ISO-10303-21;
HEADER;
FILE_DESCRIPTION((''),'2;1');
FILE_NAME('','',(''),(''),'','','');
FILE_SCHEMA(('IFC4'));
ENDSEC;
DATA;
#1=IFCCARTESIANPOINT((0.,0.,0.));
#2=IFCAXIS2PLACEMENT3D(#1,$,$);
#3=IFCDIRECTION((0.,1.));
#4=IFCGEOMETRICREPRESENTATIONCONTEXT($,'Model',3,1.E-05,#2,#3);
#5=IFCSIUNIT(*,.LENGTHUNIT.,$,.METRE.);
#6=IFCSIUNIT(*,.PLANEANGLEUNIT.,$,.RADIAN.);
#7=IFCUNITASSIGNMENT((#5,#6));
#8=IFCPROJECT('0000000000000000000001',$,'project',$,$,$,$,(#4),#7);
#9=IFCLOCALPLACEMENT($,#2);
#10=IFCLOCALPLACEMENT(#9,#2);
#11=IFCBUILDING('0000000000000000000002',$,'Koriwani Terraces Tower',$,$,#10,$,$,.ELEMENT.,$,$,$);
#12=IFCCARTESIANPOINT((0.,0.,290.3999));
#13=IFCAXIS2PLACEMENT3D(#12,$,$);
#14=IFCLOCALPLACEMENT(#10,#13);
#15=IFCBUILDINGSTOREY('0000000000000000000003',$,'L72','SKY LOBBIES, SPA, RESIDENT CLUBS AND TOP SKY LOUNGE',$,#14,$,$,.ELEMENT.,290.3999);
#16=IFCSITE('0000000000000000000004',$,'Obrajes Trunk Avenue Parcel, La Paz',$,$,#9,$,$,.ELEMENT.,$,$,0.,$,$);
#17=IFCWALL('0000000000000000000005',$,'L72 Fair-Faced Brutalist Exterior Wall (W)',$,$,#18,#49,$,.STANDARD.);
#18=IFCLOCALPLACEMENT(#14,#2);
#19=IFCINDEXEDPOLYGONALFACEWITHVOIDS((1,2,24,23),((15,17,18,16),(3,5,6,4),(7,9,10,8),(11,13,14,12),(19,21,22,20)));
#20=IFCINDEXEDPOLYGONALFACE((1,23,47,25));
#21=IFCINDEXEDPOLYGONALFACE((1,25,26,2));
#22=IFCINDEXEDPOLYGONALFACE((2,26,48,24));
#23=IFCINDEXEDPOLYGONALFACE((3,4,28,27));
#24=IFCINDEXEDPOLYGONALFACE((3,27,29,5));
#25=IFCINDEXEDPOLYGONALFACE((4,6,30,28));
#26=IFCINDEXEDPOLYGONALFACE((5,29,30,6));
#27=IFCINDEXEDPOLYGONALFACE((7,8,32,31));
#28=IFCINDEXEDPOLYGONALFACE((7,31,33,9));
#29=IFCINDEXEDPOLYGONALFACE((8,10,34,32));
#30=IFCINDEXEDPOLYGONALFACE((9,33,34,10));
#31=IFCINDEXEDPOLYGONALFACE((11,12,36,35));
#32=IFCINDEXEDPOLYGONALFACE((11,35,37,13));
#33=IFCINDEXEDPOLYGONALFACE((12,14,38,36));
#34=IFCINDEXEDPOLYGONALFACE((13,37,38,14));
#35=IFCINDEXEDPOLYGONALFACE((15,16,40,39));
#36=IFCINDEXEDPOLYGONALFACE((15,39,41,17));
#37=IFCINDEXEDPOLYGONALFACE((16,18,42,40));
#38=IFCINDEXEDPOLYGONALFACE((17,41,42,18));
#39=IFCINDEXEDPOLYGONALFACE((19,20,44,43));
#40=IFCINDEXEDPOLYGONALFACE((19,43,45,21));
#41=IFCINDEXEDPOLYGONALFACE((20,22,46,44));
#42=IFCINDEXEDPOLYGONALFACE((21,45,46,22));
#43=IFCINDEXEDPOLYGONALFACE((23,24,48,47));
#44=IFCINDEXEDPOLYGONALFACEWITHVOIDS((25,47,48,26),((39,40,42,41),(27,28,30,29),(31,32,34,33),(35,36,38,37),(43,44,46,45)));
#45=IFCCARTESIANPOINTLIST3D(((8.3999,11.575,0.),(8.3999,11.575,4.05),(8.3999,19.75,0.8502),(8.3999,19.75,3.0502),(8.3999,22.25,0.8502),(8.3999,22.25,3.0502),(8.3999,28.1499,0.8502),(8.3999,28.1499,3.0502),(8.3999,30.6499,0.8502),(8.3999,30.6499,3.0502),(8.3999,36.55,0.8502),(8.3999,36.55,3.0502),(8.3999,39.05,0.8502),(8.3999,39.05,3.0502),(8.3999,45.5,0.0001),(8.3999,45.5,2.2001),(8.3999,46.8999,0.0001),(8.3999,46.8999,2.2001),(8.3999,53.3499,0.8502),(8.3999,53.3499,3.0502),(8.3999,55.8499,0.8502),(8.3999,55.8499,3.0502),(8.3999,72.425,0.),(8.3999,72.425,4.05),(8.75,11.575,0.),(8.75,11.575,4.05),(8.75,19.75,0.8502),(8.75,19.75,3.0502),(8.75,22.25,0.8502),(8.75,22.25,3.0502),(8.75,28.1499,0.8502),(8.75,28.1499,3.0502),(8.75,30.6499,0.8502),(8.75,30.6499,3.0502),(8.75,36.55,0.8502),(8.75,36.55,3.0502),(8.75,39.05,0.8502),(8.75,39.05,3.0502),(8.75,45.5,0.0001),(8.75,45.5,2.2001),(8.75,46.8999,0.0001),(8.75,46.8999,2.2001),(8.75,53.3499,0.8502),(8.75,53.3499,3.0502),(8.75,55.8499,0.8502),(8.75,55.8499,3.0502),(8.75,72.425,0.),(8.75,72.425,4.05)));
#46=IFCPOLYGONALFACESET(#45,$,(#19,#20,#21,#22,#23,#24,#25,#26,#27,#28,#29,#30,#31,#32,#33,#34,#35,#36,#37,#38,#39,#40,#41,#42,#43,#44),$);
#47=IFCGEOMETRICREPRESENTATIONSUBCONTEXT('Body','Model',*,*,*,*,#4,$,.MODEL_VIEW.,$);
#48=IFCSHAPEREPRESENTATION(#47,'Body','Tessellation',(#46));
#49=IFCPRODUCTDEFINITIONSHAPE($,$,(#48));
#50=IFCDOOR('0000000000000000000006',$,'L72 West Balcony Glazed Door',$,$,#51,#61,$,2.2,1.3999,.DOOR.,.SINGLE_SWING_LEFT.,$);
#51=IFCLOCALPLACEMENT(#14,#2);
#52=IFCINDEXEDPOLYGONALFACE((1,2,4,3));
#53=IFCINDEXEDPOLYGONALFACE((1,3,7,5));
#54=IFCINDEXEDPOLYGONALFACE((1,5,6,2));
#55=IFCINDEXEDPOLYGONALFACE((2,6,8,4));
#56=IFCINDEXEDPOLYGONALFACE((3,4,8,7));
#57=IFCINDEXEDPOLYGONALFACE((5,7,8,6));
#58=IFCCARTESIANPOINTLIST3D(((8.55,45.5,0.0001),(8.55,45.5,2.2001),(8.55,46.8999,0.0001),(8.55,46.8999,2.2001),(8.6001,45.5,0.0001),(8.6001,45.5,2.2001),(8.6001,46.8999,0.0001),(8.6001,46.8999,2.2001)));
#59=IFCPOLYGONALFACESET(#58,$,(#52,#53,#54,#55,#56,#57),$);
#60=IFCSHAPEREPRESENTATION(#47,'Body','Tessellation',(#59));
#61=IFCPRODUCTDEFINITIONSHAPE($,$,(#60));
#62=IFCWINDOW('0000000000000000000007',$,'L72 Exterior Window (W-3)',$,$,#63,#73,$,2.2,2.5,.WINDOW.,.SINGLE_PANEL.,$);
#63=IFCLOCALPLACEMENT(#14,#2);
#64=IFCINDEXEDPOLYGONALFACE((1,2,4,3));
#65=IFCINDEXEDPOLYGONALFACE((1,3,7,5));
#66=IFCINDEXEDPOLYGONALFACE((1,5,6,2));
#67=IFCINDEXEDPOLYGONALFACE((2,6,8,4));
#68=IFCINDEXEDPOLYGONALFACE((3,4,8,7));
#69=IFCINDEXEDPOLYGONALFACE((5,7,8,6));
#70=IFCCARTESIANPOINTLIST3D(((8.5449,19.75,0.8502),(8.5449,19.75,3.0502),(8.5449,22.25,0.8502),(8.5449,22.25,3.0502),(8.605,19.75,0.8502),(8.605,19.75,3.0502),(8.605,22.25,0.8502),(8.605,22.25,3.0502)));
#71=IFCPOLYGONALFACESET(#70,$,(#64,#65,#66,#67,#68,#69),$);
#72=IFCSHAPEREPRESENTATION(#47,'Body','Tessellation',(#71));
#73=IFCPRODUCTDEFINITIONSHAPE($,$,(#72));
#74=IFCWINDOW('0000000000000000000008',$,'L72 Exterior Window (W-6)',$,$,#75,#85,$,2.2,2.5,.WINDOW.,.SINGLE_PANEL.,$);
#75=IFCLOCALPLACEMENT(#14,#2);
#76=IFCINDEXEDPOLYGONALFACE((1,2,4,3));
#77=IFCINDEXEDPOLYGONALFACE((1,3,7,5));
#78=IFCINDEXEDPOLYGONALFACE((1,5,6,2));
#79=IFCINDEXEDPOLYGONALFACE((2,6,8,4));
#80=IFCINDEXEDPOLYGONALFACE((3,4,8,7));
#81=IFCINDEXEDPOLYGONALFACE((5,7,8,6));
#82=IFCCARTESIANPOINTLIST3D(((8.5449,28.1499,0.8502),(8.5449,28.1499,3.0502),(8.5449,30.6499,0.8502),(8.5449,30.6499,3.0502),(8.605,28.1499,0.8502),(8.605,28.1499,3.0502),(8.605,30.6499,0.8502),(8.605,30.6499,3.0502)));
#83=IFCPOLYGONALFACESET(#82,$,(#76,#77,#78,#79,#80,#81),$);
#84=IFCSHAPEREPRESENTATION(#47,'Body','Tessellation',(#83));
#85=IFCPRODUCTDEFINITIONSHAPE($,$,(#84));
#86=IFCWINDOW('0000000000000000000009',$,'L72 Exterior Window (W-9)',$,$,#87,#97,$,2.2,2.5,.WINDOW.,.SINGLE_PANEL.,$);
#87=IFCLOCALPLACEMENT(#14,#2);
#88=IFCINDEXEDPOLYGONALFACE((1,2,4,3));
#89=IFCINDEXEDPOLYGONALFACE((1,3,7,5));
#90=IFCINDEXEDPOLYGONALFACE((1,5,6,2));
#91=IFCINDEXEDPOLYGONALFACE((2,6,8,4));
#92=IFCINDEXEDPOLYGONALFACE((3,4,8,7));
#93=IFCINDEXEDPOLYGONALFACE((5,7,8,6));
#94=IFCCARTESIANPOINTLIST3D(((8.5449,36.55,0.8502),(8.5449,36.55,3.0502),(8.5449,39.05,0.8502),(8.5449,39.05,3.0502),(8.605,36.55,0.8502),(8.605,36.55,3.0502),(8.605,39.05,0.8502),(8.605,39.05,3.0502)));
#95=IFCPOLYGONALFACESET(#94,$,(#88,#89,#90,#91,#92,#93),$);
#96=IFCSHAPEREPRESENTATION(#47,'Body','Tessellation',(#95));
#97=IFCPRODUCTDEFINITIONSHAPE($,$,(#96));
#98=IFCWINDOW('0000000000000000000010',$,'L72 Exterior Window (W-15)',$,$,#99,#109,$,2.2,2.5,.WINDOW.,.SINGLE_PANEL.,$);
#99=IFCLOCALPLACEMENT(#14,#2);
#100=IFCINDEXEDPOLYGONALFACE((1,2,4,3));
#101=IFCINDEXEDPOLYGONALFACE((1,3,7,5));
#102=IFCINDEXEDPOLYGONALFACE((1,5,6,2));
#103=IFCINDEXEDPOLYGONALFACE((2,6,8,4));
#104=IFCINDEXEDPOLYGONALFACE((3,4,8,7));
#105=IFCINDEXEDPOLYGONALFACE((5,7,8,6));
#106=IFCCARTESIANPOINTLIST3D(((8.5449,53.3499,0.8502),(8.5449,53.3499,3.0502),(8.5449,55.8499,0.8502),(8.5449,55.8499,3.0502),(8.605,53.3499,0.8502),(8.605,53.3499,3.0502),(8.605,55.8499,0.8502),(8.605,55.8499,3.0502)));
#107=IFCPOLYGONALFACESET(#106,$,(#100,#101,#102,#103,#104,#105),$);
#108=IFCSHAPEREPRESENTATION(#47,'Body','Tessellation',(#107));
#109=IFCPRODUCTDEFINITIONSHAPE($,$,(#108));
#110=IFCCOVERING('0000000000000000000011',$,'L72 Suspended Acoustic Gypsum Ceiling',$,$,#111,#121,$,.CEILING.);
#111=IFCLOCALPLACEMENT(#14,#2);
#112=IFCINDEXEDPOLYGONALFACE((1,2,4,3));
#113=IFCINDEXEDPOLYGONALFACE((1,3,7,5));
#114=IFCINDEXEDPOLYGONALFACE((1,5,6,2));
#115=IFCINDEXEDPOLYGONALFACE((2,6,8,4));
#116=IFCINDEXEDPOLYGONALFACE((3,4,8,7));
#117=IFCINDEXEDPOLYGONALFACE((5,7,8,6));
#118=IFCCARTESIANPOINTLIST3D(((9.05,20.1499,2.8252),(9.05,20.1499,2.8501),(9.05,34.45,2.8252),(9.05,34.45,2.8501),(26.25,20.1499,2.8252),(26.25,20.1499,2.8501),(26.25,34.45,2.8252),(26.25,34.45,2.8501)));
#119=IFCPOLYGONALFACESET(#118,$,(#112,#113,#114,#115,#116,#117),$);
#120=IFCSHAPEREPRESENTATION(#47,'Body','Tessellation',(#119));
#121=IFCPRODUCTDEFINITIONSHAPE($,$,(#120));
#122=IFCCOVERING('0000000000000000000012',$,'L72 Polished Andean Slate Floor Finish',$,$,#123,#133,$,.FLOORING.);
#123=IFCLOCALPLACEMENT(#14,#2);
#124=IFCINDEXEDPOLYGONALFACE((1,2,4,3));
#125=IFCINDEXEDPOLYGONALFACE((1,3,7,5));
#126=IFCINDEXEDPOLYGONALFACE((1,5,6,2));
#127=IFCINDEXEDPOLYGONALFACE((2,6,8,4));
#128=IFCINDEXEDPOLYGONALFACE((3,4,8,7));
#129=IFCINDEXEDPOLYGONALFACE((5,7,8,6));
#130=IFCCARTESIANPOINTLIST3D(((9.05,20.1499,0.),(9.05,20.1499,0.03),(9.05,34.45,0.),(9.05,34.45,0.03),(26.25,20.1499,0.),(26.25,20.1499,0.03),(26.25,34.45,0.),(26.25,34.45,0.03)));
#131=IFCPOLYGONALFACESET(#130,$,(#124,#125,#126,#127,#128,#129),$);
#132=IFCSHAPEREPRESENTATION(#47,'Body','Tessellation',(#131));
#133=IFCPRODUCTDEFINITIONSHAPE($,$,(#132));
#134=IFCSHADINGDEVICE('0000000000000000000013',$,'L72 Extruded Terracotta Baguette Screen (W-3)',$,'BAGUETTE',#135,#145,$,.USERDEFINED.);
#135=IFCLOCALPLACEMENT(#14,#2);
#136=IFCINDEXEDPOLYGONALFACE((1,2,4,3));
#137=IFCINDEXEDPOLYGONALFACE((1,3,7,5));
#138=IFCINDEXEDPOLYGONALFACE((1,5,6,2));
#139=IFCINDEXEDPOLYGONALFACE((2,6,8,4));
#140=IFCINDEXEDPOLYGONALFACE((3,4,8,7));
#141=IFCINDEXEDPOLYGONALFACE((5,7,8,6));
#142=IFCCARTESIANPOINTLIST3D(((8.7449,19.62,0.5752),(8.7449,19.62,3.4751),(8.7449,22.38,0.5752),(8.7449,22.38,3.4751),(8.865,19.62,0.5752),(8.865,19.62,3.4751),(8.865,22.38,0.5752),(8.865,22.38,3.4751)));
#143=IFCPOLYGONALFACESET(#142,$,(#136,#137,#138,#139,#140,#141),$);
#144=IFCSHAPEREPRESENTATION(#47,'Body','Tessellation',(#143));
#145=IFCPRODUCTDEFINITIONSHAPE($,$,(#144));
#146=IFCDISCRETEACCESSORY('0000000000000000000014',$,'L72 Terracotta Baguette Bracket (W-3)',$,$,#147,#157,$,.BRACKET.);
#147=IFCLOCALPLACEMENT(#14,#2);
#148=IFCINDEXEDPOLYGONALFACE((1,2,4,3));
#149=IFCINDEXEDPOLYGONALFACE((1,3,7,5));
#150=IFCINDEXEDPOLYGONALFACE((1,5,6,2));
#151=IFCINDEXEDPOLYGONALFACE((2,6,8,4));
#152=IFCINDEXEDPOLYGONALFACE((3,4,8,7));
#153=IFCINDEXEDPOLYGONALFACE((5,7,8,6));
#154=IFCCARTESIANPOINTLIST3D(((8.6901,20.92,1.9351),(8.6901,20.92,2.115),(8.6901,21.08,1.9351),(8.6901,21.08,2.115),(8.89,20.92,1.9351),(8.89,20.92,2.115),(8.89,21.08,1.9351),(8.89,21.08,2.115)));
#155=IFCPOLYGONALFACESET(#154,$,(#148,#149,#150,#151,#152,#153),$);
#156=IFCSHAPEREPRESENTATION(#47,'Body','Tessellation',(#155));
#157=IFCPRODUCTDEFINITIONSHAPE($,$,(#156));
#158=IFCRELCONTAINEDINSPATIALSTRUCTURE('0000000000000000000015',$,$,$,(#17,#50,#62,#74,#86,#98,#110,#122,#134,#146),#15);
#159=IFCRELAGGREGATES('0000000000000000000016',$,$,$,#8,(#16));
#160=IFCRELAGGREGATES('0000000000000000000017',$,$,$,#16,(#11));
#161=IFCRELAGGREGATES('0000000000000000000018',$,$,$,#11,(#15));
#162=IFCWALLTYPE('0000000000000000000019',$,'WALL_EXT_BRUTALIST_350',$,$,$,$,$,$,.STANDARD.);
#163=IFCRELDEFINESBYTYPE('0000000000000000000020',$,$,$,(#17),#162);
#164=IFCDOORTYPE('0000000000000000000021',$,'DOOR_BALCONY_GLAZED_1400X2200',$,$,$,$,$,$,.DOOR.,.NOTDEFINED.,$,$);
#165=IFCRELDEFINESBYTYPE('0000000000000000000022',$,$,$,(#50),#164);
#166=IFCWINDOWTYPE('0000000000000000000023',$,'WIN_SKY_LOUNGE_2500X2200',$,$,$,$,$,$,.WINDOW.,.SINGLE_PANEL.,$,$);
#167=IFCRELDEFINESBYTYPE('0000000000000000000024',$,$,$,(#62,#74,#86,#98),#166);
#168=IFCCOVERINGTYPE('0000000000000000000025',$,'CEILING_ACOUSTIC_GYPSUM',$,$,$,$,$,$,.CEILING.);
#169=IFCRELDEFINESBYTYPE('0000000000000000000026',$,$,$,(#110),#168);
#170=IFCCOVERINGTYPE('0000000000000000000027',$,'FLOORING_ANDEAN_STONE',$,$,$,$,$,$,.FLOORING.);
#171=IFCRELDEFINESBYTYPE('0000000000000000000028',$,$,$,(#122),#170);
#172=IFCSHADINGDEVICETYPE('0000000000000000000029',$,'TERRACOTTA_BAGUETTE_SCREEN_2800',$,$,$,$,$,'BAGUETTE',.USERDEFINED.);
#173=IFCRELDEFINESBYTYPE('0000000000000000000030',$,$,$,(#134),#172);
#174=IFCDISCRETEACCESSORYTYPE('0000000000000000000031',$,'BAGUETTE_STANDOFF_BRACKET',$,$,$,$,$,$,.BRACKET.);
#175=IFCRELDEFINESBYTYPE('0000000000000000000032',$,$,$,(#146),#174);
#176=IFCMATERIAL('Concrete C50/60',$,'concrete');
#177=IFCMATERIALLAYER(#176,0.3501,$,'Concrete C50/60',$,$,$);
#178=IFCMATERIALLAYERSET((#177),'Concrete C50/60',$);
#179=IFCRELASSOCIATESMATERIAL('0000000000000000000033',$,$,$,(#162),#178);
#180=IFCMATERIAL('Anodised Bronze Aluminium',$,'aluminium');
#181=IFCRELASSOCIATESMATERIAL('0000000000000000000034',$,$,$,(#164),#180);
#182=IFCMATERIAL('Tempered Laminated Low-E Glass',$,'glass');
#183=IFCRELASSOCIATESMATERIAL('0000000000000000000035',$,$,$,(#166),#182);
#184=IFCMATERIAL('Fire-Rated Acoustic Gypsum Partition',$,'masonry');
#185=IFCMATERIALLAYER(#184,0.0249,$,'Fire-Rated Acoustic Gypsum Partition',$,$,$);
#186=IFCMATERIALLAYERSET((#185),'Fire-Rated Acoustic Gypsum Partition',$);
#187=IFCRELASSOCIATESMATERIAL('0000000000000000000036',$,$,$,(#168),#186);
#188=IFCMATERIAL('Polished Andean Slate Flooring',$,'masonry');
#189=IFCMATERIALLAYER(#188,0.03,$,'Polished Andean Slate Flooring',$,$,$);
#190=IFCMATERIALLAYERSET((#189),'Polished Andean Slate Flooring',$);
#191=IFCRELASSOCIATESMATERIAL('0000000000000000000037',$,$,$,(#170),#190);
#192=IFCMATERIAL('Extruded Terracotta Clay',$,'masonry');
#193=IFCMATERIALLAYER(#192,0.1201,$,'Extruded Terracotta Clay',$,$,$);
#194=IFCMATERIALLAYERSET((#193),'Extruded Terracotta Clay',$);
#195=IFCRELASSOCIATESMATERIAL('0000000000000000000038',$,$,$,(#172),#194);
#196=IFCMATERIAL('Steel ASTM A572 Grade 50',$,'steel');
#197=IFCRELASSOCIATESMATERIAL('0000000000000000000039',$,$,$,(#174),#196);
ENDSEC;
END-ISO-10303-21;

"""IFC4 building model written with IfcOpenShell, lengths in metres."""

from ifc_helpers import new_model, si_unit, direction, frame, frame_2d, origin, origin_2d, place, context, subcontext, project, spatial, polyline, rectangle, outline, extrude, material, layer, layer_set, type_object, element, fill, save


model = new_model("IFC4")

# Units and contexts
model_context = context("Model", 3, precision=1e-05, world=origin(), true_north=direction((0.0, 1.0)))
body_context = subcontext(model_context, "Body", "Model", "MODEL_VIEW")
ifc_project = project(units=[si_unit("LENGTHUNIT", "METRE"), si_unit("PLANEANGLEUNIT", "RADIAN")], contexts=[model_context])

# Site, building, storey
site_placement = place(None, origin())
site = spatial("IfcSite", under=ifc_project, at=site_placement, Name="Obrajes Trunk Avenue Parcel, La Paz", CompositionType="ELEMENT", RefElevation=0.0)
building_placement = place(site_placement, origin())
building = spatial("IfcBuilding", under=site, at=building_placement, Name="Koriwani Terraces Tower", CompositionType="ELEMENT")
storey_placement = place(building_placement, frame((0.0, 0.0, 290.3999)))
storey = spatial("IfcBuildingStorey", under=building, at=storey_placement, Name="L72", Description="SKY LOBBIES, SPA, RESIDENT CLUBS AND TOP SKY LOUNGE", CompositionType="ELEMENT", Elevation=290.3999)

# Shared definitions
ifc_material_1 = material(Name="Concrete C50/60", Category="concrete")

# Shared definitions
ifc_material_2 = material(Name="Steel ASTM A572 Grade 50", Category="steel")

# Shared definitions
ifc_layer_1 = layer(ifc_material_1, 0.3501, Name="Concrete C50/60")
ifc_layer_set_1 = layer_set([ifc_layer_1], Name="Concrete C50/60")
wall_type_1 = type_object("IfcWallType", Name="WALL_EXT_BRUTALIST_350", PredefinedType="STANDARD", material=ifc_layer_set_1)

# Wall, openings, door, windows
wall_1_placement = place(storey_placement, frame((8.575, 11.575, 0.0), z_axis=(0.0, 0.0, 1.0), x_axis=(0.0, 1.0, 0.0)))
wall_1 = element("IfcWall", 1, at=wall_1_placement, inside=storey, type_object=wall_type_1, Name="L72 Fair-Faced Brutalist Exterior Wall (W)", PredefinedType="STANDARD", context=body_context, shape_type="SweptSolid", body=[
    extrude(rectangle(XDim=60.8501, YDim=0.3501, at=frame_2d((30.425, 0.0))), origin(), (0.0, 0.0, 1.0), 4.05),
])
opening_1_placement = place(wall_1_placement, frame((33.925, 0.0, 0.0)))
opening_1 = element("IfcOpeningElement", 2, at=opening_1_placement, cuts=wall_1, PredefinedType="OPENING", context=body_context, shape_type="SweptSolid", body=[
    extrude(rectangle(XDim=1.3999, YDim=2.2, at=frame_2d((0.7, 1.1001))), frame((0.0, 0.1851, 0.0), z_axis=(0.0, -1.0, 0.0), x_axis=(1.0, 0.0, 0.0)), (0.0, 0.0, 1.0), 0.3701),
])
opening_2_placement = place(wall_1_placement, frame((8.175, 0.0, 0.8501)))
opening_2 = element("IfcOpeningElement", 3, at=opening_2_placement, cuts=wall_1, PredefinedType="OPENING", context=body_context, shape_type="SweptSolid", body=[
    extrude(rectangle(XDim=2.5, YDim=2.2, at=frame_2d((1.25, 1.1001))), frame((0.0, 0.1851, 0.0), z_axis=(0.0, -1.0, 0.0), x_axis=(1.0, 0.0, 0.0)), (0.0, 0.0, 1.0), 0.3701),
])
opening_3_placement = place(wall_1_placement, frame((16.575, 0.0, 0.8501)))
opening_3 = element("IfcOpeningElement", 4, at=opening_3_placement, cuts=wall_1, PredefinedType="OPENING", context=body_context, shape_type="SweptSolid", body=[
    extrude(rectangle(XDim=2.5, YDim=2.2, at=frame_2d((1.25, 1.1001))), frame((0.0, 0.1851, 0.0), z_axis=(0.0, -1.0, 0.0), x_axis=(1.0, 0.0, 0.0)), (0.0, 0.0, 1.0), 0.3701),
])
opening_4_placement = place(wall_1_placement, frame((24.9751, 0.0, 0.8501)))
opening_4 = element("IfcOpeningElement", 5, at=opening_4_placement, cuts=wall_1, PredefinedType="OPENING", context=body_context, shape_type="SweptSolid", body=[
    extrude(rectangle(XDim=2.5, YDim=2.2, at=frame_2d((1.25, 1.1001))), frame((0.0, 0.1851, 0.0), z_axis=(0.0, -1.0, 0.0), x_axis=(1.0, 0.0, 0.0)), (0.0, 0.0, 1.0), 0.3701),
])
opening_5_placement = place(wall_1_placement, frame((41.7749, 0.0, 0.8501)))
opening_5 = element("IfcOpeningElement", 6, at=opening_5_placement, cuts=wall_1, PredefinedType="OPENING", context=body_context, shape_type="SweptSolid", body=[
    extrude(rectangle(XDim=2.5, YDim=2.2, at=frame_2d((1.25, 1.1001))), frame((0.0, 0.1851, 0.0), z_axis=(0.0, -1.0, 0.0), x_axis=(1.0, 0.0, 0.0)), (0.0, 0.0, 1.0), 0.3701),
])
ifc_material_3 = material(Name="Anodised Bronze Aluminium", Category="aluminium")
door_type_1 = type_object("IfcDoorType", Name="DOOR_BALCONY_GLAZED_1400X2200", OperationType="NOTDEFINED", PredefinedType="DOOR", material=ifc_material_3)
door_1_placement = place(opening_1_placement, origin())
door_1 = element("IfcDoor", 7, at=door_1_placement, inside=storey, type_object=door_type_1, Name="L72 West Balcony Glazed Door", OperationType="SINGLE_SWING_LEFT", OverallHeight=2.2, OverallWidth=1.3999, PredefinedType="DOOR", context=body_context, shape_type="SweptSolid", body=[
    extrude(rectangle(XDim=1.3999, YDim=2.2, at=frame_2d((0.7, 1.1001))), frame((0.0, 0.0249, 0.0), z_axis=(0.0, -1.0, 0.0), x_axis=(1.0, 0.0, 0.0)), (0.0, 0.0, 1.0), 0.05),
])
fill(opening_1, door_1)
ifc_material_4 = material(Name="Tempered Laminated Low-E Glass", Category="glass")
window_type = type_object("IfcWindowType", Name="WIN_SKY_LOUNGE_2500X2200", PartitioningType="SINGLE_PANEL", PredefinedType="WINDOW", material=ifc_material_4)
window_1_placement = place(opening_2_placement, origin())
window_1 = element("IfcWindow", 8, at=window_1_placement, inside=storey, type_object=window_type, Name="L72 Exterior Window (W-3)", OverallHeight=2.2, OverallWidth=2.5, PartitioningType="SINGLE_PANEL", PredefinedType="WINDOW", context=body_context, shape_type="SweptSolid", body=[
    extrude(rectangle(XDim=2.5, YDim=2.2, at=frame_2d((1.25, 1.1001))), frame((0.0, 0.03, 0.0), z_axis=(0.0, -1.0, 0.0), x_axis=(1.0, 0.0, 0.0)), (0.0, 0.0, 1.0), 0.0601),
])
fill(opening_2, window_1)
window_2_placement = place(opening_3_placement, origin())
window_2 = element("IfcWindow", 9, at=window_2_placement, inside=storey, type_object=window_type, Name="L72 Exterior Window (W-6)", OverallHeight=2.2, OverallWidth=2.5, PartitioningType="SINGLE_PANEL", PredefinedType="WINDOW", context=body_context, shape_type="SweptSolid", body=[
    extrude(rectangle(XDim=2.5, YDim=2.2, at=frame_2d((1.25, 1.1001))), frame((0.0, 0.03, 0.0), z_axis=(0.0, -1.0, 0.0), x_axis=(1.0, 0.0, 0.0)), (0.0, 0.0, 1.0), 0.0601),
])
fill(opening_3, window_2)
window_3_placement = place(opening_4_placement, origin())
window_3 = element("IfcWindow", 10, at=window_3_placement, inside=storey, type_object=window_type, Name="L72 Exterior Window (W-9)", OverallHeight=2.2, OverallWidth=2.5, PartitioningType="SINGLE_PANEL", PredefinedType="WINDOW", context=body_context, shape_type="SweptSolid", body=[
    extrude(rectangle(XDim=2.5, YDim=2.2, at=frame_2d((1.25, 1.1001))), frame((0.0, 0.03, 0.0), z_axis=(0.0, -1.0, 0.0), x_axis=(1.0, 0.0, 0.0)), (0.0, 0.0, 1.0), 0.0601),
])
fill(opening_4, window_3)
window_4_placement = place(opening_5_placement, origin())
window_4 = element("IfcWindow", 11, at=window_4_placement, inside=storey, type_object=window_type, Name="L72 Exterior Window (W-15)", OverallHeight=2.2, OverallWidth=2.5, PartitioningType="SINGLE_PANEL", PredefinedType="WINDOW", context=body_context, shape_type="SweptSolid", body=[
    extrude(rectangle(XDim=2.5, YDim=2.2, at=frame_2d((1.25, 1.1001))), frame((0.0, 0.03, 0.0), z_axis=(0.0, -1.0, 0.0), x_axis=(1.0, 0.0, 0.0)), (0.0, 0.0, 1.0), 0.0601),
])
fill(opening_5, window_4)

# Coverings
ifc_material_5 = material(Name="Fire-Rated Acoustic Gypsum Partition", Category="masonry")
ifc_layer_2 = layer(ifc_material_5, 0.0249, Name="Fire-Rated Acoustic Gypsum Partition")
ifc_layer_set_2 = layer_set([ifc_layer_2], Name="Fire-Rated Acoustic Gypsum Partition")
covering_type_1 = type_object("IfcCoveringType", Name="CEILING_ACOUSTIC_GYPSUM", PredefinedType="CEILING", material=ifc_layer_set_2)
covering_1_placement = place(storey_placement, frame((0.0, 0.0, 2.8252)))
element("IfcCovering", 12, at=covering_1_placement, inside=storey, type_object=covering_type_1, Name="L72 Suspended Acoustic Gypsum Ceiling", PredefinedType="CEILING", context=body_context, shape_type="SweptSolid", body=[
    extrude(outline(polyline([(9.05, 20.1499), (9.05, 34.45), (26.25, 34.45), (26.25, 20.1499), (9.05, 20.1499)])), origin(), (0.0, 0.0, 1.0), 0.0249),
])
ifc_material_6 = material(Name="Polished Andean Slate Flooring", Category="masonry")
ifc_layer_3 = layer(ifc_material_6, 0.03, Name="Polished Andean Slate Flooring")
ifc_layer_set_3 = layer_set([ifc_layer_3], Name="Polished Andean Slate Flooring")
covering_type_2 = type_object("IfcCoveringType", Name="FLOORING_ANDEAN_STONE", PredefinedType="FLOORING", material=ifc_layer_set_3)
covering_2_placement = place(storey_placement, origin())
element("IfcCovering", 13, at=covering_2_placement, inside=storey, type_object=covering_type_2, Name="L72 Polished Andean Slate Floor Finish", PredefinedType="FLOORING", context=body_context, shape_type="SweptSolid", body=[
    extrude(outline(polyline([(9.05, 20.1499), (9.05, 34.45), (26.25, 34.45), (26.25, 20.1499), (9.05, 20.1499)])), origin(), (0.0, 0.0, 1.0), 0.03),
])

# Shading device
ifc_material_7 = material(Name="Extruded Terracotta Clay", Category="masonry")
ifc_layer_4 = layer(ifc_material_7, 0.1201, Name="Extruded Terracotta Clay")
ifc_layer_set_4 = layer_set([ifc_layer_4], Name="Extruded Terracotta Clay")
shading_device_type = type_object("IfcShadingDeviceType", Name="TERRACOTTA_BAGUETTE_SCREEN_2800", ElementType="BAGUETTE", PredefinedType="USERDEFINED", material=ifc_layer_set_4)
shading_device_placement = place(storey_placement, frame((8.8049, 21.0, 0.5752), z_axis=(0.0, 0.0, 1.0), x_axis=(0.0, 1.0, 0.0)))
element("IfcShadingDevice", 14, at=shading_device_placement, inside=storey, type_object=shading_device_type, Name="L72 Extruded Terracotta Baguette Screen (W-3)", ObjectType="BAGUETTE", PredefinedType="USERDEFINED", context=body_context, shape_type="SweptSolid", body=[
    extrude(rectangle(XDim=2.76, YDim=0.1201, at=origin_2d()), origin(), (0.0, 0.0, 1.0), 2.8999),
])

# Discrete accessory
discrete_accessory_type = type_object("IfcDiscreteAccessoryType", Name="BAGUETTE_STANDOFF_BRACKET", PredefinedType="BRACKET", material=ifc_material_2)
discrete_accessory_placement = place(storey_placement, frame((8.79, 21.0, 1.9351), z_axis=(0.0, 0.0, 1.0), x_axis=(0.0, 1.0, 0.0)))
element("IfcDiscreteAccessory", 15, at=discrete_accessory_placement, inside=storey, type_object=discrete_accessory_type, Name="L72 Terracotta Baguette Bracket (W-3)", PredefinedType="BRACKET", context=body_context, shape_type="SweptSolid", body=[
    extrude(rectangle(XDim=0.1599, YDim=0.2, at=origin_2d()), origin(), (0.0, 0.0, 1.0), 0.1799),
])

save(model, "model.ifc")
